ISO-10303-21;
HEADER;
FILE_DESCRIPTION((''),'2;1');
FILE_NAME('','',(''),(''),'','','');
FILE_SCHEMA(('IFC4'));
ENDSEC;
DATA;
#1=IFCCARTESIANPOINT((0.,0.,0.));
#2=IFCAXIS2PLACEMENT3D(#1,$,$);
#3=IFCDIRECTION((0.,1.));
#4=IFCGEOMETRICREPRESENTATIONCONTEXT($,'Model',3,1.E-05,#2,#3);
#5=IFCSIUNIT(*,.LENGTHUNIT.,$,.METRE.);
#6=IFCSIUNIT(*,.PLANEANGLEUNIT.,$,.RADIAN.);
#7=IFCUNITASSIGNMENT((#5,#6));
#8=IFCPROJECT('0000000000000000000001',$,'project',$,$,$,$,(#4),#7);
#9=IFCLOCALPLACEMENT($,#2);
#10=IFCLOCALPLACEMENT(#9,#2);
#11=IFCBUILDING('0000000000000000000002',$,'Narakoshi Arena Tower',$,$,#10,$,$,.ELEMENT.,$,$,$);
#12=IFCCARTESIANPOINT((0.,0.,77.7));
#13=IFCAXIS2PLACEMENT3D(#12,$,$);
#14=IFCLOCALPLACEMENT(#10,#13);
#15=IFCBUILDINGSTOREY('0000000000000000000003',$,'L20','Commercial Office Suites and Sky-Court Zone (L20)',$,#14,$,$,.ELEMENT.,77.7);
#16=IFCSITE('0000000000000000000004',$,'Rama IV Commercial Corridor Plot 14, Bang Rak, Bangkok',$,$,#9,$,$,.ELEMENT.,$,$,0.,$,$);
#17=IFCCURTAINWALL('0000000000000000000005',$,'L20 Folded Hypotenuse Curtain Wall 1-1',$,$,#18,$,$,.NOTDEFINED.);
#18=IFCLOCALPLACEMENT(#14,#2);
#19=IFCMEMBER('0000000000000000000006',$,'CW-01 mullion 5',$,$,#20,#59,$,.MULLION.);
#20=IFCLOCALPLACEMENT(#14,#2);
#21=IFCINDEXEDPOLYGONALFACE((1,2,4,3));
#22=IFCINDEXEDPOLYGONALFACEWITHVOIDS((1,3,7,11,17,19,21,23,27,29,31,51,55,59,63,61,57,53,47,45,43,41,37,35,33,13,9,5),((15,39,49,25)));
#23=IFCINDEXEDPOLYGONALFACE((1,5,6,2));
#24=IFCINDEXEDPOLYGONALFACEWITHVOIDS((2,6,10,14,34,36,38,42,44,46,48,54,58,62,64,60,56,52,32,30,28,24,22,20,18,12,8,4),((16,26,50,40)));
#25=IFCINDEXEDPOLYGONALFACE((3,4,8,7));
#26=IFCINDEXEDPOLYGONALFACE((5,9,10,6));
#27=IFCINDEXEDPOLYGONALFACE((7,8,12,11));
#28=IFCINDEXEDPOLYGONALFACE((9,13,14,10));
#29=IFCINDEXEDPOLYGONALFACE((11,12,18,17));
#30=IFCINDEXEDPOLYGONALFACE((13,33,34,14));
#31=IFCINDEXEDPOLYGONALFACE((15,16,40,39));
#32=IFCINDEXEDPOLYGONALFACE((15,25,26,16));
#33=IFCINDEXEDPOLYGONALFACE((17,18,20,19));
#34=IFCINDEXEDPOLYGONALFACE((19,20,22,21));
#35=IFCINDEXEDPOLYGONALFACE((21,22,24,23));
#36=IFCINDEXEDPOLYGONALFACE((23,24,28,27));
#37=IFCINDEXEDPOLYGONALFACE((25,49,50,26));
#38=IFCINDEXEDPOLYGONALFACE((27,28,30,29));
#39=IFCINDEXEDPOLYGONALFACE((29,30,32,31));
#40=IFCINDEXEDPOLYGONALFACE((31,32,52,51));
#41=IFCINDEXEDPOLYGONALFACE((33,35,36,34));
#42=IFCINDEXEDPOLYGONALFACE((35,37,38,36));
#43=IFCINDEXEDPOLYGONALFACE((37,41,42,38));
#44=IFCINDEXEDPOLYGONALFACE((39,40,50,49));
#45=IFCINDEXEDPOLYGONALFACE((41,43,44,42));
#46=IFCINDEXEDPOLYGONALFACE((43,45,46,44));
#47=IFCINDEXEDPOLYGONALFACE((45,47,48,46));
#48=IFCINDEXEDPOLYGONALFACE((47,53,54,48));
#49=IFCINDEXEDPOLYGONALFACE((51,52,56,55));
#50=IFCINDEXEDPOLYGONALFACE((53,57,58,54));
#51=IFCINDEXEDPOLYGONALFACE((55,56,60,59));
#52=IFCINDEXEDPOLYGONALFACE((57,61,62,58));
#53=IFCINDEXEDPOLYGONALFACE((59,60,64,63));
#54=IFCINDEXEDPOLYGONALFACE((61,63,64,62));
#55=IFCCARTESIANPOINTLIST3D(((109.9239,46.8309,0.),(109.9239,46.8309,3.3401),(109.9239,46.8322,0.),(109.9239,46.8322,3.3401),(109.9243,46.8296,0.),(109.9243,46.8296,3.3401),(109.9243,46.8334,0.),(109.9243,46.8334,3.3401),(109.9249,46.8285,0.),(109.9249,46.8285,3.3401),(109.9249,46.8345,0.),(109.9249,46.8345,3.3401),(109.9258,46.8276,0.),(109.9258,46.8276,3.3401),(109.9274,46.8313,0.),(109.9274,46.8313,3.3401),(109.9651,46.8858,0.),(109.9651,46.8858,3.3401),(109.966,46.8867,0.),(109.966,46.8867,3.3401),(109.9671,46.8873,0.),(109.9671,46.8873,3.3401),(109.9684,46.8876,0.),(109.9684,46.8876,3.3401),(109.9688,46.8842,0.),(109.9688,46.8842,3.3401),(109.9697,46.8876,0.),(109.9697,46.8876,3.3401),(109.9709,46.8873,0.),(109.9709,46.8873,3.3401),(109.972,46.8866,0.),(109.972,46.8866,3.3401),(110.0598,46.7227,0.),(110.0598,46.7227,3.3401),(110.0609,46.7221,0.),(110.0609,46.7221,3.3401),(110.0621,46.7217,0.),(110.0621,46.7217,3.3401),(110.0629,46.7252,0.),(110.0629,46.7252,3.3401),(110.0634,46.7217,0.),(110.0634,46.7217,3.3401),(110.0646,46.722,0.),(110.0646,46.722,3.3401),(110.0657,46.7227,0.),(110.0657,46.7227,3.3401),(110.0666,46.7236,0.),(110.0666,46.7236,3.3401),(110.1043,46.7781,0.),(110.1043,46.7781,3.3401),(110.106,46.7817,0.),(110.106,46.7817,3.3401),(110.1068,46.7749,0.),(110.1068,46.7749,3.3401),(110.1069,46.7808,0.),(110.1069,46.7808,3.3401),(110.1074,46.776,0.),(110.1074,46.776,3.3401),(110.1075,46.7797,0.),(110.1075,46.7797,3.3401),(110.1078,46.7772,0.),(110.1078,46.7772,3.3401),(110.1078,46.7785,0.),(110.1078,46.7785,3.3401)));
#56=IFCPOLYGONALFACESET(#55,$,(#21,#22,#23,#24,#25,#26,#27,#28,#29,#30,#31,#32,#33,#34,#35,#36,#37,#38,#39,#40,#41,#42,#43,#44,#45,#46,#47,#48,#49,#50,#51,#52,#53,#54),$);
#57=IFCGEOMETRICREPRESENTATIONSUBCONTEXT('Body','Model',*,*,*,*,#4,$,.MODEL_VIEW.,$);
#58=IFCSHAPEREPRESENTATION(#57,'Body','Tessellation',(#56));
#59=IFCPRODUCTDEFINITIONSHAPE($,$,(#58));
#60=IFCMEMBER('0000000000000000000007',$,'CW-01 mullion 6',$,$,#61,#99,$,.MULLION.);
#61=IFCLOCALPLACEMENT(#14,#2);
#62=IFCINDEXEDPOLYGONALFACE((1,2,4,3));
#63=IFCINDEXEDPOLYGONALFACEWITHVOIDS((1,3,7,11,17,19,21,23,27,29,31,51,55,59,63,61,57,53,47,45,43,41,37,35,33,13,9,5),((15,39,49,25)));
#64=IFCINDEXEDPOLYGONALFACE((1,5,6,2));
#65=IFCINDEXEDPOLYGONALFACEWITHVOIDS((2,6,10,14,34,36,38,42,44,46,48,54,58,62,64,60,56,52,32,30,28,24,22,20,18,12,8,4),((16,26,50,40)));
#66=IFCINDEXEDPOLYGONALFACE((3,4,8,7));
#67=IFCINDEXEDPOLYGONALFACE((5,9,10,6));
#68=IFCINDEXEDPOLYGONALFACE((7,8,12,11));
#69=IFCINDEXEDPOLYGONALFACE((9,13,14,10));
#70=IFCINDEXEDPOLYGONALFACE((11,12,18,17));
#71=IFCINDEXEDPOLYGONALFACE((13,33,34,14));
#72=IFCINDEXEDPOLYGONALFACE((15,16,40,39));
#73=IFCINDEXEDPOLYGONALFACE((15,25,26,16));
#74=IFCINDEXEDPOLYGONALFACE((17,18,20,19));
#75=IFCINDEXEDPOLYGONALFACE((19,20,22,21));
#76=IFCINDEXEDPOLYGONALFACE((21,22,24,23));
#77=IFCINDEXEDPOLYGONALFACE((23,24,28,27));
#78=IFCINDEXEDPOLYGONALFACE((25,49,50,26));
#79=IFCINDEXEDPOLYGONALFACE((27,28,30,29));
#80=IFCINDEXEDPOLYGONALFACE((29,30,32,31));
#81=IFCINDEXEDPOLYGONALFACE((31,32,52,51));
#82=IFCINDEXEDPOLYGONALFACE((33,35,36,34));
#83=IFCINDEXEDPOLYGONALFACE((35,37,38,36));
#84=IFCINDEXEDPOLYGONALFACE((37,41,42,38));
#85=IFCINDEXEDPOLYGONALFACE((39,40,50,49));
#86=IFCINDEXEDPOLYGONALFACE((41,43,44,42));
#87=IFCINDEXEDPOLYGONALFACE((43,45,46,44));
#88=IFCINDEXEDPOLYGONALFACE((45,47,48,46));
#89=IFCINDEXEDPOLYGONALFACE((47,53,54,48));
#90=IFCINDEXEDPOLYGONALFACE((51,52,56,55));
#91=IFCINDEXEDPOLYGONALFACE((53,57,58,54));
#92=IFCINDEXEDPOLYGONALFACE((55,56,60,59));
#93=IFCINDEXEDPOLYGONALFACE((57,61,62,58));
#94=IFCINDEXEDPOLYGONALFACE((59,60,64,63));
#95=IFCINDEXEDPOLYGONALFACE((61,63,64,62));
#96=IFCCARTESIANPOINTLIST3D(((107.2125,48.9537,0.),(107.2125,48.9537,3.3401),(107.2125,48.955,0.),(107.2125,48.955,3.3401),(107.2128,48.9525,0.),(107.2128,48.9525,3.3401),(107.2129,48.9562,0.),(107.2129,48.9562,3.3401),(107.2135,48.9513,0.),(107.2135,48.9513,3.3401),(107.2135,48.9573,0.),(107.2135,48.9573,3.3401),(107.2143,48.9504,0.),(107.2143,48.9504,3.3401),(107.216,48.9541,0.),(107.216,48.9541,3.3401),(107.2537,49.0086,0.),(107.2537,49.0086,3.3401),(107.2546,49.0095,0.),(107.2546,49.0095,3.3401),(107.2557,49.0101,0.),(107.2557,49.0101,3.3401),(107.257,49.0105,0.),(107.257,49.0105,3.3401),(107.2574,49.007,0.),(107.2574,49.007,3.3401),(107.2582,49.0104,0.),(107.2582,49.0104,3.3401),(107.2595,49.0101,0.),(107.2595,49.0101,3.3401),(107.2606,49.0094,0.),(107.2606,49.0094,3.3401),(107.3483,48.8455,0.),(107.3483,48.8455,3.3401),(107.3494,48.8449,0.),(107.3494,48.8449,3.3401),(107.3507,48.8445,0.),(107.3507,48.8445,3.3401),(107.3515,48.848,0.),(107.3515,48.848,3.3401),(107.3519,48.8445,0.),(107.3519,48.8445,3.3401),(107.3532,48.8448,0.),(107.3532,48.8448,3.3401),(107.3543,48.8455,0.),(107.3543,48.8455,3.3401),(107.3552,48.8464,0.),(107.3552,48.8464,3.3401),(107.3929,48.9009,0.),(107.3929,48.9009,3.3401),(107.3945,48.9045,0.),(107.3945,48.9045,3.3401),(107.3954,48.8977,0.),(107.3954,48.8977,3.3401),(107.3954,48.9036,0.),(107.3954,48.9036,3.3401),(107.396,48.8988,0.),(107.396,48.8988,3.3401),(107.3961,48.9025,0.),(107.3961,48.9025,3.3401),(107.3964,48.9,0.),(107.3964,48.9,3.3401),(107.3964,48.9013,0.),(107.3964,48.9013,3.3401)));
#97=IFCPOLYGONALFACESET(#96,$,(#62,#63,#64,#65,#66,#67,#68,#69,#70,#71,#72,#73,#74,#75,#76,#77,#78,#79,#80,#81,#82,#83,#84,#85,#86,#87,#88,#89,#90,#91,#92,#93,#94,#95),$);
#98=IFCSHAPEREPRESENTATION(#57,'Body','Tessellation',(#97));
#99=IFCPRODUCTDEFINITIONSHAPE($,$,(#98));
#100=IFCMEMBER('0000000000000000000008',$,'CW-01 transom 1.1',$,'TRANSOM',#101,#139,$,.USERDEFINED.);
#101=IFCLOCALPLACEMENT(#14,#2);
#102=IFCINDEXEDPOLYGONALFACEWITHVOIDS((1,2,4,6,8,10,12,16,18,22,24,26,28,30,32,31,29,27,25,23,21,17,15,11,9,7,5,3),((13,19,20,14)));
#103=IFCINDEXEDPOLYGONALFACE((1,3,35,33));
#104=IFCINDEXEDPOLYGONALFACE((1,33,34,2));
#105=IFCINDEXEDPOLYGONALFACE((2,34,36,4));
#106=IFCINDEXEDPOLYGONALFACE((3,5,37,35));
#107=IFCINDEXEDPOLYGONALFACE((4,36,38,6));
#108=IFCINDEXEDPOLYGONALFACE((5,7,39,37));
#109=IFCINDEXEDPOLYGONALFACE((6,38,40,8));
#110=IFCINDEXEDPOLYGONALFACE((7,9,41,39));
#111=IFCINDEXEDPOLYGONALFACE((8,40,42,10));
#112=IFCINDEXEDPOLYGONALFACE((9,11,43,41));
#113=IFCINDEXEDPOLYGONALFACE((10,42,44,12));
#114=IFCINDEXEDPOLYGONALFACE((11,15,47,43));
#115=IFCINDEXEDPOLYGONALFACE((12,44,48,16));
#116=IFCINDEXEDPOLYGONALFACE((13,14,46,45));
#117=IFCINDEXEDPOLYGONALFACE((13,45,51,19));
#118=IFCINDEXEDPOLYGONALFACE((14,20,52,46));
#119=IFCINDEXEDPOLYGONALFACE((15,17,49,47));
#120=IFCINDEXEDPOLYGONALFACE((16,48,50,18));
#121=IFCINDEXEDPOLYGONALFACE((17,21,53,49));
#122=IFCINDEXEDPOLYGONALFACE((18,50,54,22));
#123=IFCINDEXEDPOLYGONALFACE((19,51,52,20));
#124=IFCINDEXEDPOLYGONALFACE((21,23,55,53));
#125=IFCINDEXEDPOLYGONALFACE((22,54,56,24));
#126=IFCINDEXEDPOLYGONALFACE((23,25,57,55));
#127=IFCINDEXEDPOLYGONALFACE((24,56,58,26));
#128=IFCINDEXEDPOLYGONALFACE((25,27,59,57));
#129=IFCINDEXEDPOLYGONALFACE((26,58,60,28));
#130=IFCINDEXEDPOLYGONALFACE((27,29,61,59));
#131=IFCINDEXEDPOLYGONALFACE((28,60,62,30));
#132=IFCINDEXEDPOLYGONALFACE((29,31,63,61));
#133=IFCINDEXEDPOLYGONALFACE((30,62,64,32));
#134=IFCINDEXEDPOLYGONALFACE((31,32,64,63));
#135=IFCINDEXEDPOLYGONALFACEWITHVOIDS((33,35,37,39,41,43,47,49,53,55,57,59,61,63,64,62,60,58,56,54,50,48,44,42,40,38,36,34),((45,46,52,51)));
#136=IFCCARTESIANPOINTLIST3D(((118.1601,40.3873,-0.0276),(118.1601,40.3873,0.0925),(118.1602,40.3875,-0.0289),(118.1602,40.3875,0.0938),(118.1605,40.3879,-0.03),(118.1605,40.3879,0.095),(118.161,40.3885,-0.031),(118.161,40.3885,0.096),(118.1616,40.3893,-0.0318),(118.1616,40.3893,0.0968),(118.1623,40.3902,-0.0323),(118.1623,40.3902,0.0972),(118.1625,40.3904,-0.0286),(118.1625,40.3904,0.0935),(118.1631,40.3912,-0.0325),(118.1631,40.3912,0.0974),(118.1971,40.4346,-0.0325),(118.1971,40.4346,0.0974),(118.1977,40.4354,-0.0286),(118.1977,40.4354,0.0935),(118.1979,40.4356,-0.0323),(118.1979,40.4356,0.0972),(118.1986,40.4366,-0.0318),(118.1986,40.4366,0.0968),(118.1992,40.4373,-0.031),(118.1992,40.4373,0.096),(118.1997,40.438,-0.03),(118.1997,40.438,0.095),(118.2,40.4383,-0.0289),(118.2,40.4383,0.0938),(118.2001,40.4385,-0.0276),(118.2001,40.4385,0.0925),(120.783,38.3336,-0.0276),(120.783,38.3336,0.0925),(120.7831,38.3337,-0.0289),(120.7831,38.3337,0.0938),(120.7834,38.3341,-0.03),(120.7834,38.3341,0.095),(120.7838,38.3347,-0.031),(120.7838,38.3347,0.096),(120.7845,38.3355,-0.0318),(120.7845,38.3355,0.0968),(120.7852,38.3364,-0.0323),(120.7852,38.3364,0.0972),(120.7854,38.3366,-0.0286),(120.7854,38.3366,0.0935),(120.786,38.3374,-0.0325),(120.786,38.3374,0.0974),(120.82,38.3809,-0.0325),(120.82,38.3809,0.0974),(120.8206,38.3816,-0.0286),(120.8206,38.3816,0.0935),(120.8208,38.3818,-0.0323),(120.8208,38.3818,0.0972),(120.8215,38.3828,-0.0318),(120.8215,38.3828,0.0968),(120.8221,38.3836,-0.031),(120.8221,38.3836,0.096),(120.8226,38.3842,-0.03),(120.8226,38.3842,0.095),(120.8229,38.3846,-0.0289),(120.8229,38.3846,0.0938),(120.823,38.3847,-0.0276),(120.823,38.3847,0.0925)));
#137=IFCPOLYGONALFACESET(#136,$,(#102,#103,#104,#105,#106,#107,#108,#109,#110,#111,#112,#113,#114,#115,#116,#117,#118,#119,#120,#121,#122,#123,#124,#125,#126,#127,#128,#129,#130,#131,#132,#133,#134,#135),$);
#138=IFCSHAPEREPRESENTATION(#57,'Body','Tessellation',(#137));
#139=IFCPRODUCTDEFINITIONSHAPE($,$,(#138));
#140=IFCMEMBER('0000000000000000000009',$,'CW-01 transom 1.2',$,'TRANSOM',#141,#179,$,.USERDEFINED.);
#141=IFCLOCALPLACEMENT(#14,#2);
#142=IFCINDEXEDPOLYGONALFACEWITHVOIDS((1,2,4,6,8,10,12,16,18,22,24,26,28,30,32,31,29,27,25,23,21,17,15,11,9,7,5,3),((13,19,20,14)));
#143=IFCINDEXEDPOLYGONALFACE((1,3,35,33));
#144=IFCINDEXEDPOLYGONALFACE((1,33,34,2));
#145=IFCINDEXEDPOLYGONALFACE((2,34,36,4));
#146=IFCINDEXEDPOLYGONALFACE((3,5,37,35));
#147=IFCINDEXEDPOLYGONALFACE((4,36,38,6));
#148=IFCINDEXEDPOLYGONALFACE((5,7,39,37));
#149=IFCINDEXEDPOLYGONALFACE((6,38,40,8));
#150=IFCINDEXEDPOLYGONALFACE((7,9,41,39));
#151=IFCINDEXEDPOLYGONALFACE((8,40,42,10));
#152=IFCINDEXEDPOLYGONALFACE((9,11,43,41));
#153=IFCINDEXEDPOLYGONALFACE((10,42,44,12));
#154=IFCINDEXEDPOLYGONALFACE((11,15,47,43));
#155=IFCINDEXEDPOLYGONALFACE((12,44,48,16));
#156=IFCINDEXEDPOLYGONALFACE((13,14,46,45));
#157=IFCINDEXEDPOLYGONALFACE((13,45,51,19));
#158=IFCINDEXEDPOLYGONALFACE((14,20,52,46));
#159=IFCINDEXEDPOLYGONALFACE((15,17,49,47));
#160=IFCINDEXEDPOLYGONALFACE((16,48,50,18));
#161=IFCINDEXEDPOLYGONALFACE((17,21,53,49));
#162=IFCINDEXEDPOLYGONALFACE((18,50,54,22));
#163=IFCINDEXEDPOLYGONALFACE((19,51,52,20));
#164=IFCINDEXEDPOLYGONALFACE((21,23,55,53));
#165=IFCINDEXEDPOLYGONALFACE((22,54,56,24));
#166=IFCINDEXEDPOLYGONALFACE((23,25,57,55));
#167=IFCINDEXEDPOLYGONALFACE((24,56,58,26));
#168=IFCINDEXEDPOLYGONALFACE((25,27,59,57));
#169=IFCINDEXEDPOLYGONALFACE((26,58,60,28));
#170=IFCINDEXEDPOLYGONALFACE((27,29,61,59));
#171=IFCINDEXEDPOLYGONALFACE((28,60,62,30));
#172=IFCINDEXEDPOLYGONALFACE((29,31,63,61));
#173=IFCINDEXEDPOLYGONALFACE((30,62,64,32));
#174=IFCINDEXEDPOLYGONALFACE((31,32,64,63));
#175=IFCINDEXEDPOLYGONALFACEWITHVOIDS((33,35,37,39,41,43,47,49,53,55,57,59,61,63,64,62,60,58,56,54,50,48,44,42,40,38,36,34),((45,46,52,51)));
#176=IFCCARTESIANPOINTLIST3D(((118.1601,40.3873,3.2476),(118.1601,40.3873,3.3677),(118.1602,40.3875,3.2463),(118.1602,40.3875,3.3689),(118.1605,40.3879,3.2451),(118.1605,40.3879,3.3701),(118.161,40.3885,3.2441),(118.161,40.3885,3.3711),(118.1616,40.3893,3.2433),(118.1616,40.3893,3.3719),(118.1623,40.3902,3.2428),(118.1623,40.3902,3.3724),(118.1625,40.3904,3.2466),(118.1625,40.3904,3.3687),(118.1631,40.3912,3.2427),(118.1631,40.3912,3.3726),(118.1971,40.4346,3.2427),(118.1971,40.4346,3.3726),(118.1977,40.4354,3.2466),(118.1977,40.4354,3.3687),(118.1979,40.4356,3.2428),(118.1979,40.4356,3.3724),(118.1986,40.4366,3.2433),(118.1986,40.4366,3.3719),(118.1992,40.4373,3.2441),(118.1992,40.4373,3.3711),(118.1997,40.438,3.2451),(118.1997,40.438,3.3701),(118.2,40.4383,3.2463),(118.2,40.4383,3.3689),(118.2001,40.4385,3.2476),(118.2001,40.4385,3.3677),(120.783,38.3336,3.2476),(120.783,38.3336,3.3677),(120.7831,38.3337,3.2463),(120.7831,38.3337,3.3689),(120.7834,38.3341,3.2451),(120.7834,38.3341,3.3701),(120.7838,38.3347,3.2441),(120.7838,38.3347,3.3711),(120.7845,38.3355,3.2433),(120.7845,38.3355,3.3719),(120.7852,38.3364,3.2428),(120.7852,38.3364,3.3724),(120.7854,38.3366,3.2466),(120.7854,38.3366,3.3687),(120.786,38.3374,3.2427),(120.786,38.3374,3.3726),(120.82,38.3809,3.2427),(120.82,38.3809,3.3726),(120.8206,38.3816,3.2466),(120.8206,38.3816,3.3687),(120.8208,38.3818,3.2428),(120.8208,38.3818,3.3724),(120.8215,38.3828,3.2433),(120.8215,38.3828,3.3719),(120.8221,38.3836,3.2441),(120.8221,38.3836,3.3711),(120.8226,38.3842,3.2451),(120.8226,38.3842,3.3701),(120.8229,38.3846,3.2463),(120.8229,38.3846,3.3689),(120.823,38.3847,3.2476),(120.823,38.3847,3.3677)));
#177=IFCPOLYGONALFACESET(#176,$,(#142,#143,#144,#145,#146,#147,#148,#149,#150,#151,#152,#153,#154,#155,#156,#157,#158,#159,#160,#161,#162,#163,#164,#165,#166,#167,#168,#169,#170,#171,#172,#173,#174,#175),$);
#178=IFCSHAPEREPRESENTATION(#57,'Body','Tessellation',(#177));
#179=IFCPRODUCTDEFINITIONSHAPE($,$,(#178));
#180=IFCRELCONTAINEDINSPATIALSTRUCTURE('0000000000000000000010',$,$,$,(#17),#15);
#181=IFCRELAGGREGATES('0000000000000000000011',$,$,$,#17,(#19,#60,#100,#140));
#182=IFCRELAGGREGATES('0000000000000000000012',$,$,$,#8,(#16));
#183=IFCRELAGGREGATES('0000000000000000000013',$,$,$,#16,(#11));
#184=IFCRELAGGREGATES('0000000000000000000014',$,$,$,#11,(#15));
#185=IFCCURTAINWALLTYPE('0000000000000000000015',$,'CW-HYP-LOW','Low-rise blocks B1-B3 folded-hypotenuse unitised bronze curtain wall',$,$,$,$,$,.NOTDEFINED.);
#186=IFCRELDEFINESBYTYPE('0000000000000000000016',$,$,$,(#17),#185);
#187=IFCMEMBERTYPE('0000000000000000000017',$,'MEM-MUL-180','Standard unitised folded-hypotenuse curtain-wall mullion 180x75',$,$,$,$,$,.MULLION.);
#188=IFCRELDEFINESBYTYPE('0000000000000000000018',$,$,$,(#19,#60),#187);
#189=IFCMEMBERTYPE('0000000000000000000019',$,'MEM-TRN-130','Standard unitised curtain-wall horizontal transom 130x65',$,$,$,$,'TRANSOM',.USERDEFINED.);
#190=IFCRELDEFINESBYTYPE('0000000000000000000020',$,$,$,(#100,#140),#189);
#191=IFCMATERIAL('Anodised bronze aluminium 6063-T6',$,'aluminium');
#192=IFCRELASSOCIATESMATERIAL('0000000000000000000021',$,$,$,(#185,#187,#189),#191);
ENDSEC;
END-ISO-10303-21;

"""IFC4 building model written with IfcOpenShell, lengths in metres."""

from ifc_helpers import new_model, si_unit, direction, frame, origin, origin_2d, place, context, subcontext, project, spatial, hollow_rectangle, extrude, material, material_profile, profile_set, type_object, element, aggregate, save


model = new_model("IFC4")

# Units and contexts
model_context = context("Model", 3, precision=1e-05, world=origin(), true_north=direction((0.0, 1.0)))
body_context = subcontext(model_context, "Body", "Model", "MODEL_VIEW")
ifc_project = project(units=[si_unit("LENGTHUNIT", "METRE"), si_unit("PLANEANGLEUNIT", "RADIAN")], contexts=[model_context])

# Site, building, storey
site_placement = place(None, origin())
site = spatial("IfcSite", under=ifc_project, at=site_placement, Name="Rama IV Commercial Corridor Plot 14, Bang Rak, Bangkok", CompositionType="ELEMENT", RefElevation=0.0)
building_placement = place(site_placement, origin())
building = spatial("IfcBuilding", under=site, at=building_placement, Name="Narakoshi Arena Tower", CompositionType="ELEMENT")
storey_placement = place(building_placement, frame((0.0, 0.0, 77.7)))
storey = spatial("IfcBuildingStorey", under=building, at=storey_placement, Name="L20", Description="Commercial Office Suites and Sky-Court Zone (L20)", CompositionType="ELEMENT", Elevation=77.7)

# Curtain wall, members
ifc_material_1 = material(Name="Anodised bronze aluminium 6063-T6", Category="aluminium")
curtain_wall_type = type_object("IfcCurtainWallType", Name="CW-HYP-LOW", Description="Low-rise blocks B1-B3 folded-hypotenuse unitised bronze curtain wall", PredefinedType="NOTDEFINED", material=ifc_material_1)
curtain_wall_placement = place(storey_placement, origin())
curtain_wall = element("IfcCurtainWall", 1, at=curtain_wall_placement, inside=storey, type_object=curtain_wall_type, Name="L20 Folded Hypotenuse Curtain Wall 1-1", PredefinedType="NOTDEFINED")
ifc_material_profile_1 = material_profile(ifc_material_1, hollow_rectangle(XDim=0.075, YDim=0.1799, WallThickness=0.0039, OuterFilletRadius=0.0049, at=origin_2d()), Name="MUL180x75x4")
ifc_profile_set_1 = profile_set([ifc_material_profile_1], Name="Anodised bronze aluminium 6063-T6")
member_type_1 = type_object("IfcMemberType", Name="MEM-MUL-180", Description="Standard unitised folded-hypotenuse curtain-wall mullion 180x75", PredefinedType="MULLION", material=ifc_profile_set_1)
member_1_placement = place(storey_placement, frame((110.0159, 46.8047, 0.0), z_axis=(0.0, 0.0, 1.0), x_axis=(-0.616458, -0.787388, 0.0)))
member_1 = element("IfcMember", 2, at=member_1_placement, type_object=member_type_1, Name="CW-01 mullion 5", PredefinedType="MULLION", context=body_context, shape_type="SweptSolid", body=[
    extrude(hollow_rectangle(XDim=0.075, YDim=0.1799, WallThickness=0.0039, OuterFilletRadius=0.0049, at=origin_2d()), origin(), (0.0, 0.0, 1.0), 3.3401),
])
member_2_placement = place(storey_placement, frame((107.3044, 48.9275, 0.0), z_axis=(0.0, 0.0, 1.0), x_axis=(-0.616458, -0.787388, 0.0)))
member_2 = element("IfcMember", 3, at=member_2_placement, type_object=member_type_1, Name="CW-01 mullion 6", PredefinedType="MULLION", context=body_context, shape_type="SweptSolid", body=[
    extrude(hollow_rectangle(XDim=0.075, YDim=0.1799, WallThickness=0.0039, OuterFilletRadius=0.0049, at=origin_2d()), origin(), (0.0, 0.0, 1.0), 3.3401),
])
ifc_material_profile_2 = material_profile(ifc_material_1, hollow_rectangle(XDim=0.0649, YDim=0.1299, WallThickness=0.0039, OuterFilletRadius=0.0049, at=origin_2d()), Name="TRN130x65x4")
ifc_profile_set_2 = profile_set([ifc_material_profile_2], Name="Anodised bronze aluminium 6063-T6")
member_type_2 = type_object("IfcMemberType", Name="MEM-TRN-130", Description="Standard unitised curtain-wall horizontal transom 130x65", ElementType="TRANSOM", PredefinedType="USERDEFINED", material=ifc_profile_set_2)
member_3_placement = place(storey_placement, frame((120.803, 38.3591, 0.0325), z_axis=(-0.787347, 0.61651, 0.0), x_axis=(-0.61651, -0.787347, 0.0)))
member_3 = element("IfcMember", 4, at=member_3_placement, type_object=member_type_2, Name="CW-01 transom 1.1", ObjectType="TRANSOM", PredefinedType="USERDEFINED", context=body_context, shape_type="SweptSolid", body=[
    extrude(hollow_rectangle(XDim=0.0649, YDim=0.1299, WallThickness=0.0039, OuterFilletRadius=0.0049, at=origin_2d()), origin(), (0.0, 0.0, 1.0), 3.3313),
])
member_4_placement = place(storey_placement, frame((120.803, 38.3591, 3.3076), z_axis=(-0.787347, 0.61651, 0.0), x_axis=(-0.61651, -0.787347, 0.0)))
member_4 = element("IfcMember", 5, at=member_4_placement, type_object=member_type_2, Name="CW-01 transom 1.2", ObjectType="TRANSOM", PredefinedType="USERDEFINED", context=body_context, shape_type="SweptSolid", body=[
    extrude(hollow_rectangle(XDim=0.0649, YDim=0.1299, WallThickness=0.0039, OuterFilletRadius=0.0049, at=origin_2d()), origin(), (0.0, 0.0, 1.0), 3.3313),
])
aggregate(curtain_wall, [member_1, member_2, member_3, member_4])

save(model, "model.ifc")
